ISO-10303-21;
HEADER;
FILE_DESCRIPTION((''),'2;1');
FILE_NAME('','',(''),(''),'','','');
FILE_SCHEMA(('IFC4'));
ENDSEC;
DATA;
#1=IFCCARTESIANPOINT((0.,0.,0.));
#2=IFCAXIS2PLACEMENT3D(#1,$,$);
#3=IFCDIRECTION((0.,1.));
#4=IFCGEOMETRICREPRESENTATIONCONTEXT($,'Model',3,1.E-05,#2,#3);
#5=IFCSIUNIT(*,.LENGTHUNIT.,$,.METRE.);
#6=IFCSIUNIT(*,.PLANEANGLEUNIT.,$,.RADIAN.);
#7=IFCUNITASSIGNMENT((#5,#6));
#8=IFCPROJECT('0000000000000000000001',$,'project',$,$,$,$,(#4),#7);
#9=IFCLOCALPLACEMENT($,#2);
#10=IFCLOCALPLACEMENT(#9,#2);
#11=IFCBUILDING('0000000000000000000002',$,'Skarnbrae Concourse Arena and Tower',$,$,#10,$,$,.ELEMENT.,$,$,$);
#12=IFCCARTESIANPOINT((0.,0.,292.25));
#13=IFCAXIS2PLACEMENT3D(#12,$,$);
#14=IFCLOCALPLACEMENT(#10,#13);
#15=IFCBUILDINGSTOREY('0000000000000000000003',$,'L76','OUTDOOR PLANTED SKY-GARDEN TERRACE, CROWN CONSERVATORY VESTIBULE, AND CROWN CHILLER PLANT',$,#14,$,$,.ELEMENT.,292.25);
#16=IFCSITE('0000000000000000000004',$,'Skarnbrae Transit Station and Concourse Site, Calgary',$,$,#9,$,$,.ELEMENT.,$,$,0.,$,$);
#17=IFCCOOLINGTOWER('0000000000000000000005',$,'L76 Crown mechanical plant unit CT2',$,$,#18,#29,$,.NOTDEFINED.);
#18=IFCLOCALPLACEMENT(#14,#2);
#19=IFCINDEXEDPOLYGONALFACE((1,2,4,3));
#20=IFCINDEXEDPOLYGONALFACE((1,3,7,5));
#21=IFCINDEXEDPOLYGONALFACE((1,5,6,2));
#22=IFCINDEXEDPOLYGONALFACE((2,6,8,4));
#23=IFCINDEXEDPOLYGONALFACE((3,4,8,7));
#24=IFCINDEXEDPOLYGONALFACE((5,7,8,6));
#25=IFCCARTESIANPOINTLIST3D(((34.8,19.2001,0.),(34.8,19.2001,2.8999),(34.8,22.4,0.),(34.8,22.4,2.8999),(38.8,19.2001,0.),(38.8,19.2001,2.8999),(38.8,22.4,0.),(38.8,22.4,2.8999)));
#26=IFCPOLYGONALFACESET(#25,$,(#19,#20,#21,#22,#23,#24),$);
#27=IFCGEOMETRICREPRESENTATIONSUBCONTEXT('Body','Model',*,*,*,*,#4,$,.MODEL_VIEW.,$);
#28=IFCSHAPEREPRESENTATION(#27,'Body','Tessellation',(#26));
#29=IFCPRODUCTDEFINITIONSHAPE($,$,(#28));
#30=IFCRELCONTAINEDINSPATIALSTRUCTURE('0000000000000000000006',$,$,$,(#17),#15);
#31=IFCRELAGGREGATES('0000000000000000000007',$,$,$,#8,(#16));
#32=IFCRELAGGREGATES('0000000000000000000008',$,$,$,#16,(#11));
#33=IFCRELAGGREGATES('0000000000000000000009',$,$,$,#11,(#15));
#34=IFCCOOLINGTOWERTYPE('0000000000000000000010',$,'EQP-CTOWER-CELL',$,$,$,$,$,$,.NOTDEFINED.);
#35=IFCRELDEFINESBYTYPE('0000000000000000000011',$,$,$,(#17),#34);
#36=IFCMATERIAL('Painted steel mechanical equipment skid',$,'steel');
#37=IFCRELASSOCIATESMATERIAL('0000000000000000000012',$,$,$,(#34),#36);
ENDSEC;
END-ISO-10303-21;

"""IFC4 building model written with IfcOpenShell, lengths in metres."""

from ifc_helpers import new_model, si_unit, direction, frame, origin, origin_2d, place, context, subcontext, project, spatial, rectangle, extrude, source, transform, mapped, material, type_object, element, save


model = new_model("IFC4")

# Units and contexts
model_context = context("Model", 3, precision=1e-05, world=origin(), true_north=direction((0.0, 1.0)))
body_context = subcontext(model_context, "Body", "Model", "MODEL_VIEW")
ifc_project = project(units=[si_unit("LENGTHUNIT", "METRE"), si_unit("PLANEANGLEUNIT", "RADIAN")], contexts=[model_context])

# Site, building, storey
site_placement = place(None, origin())
site = spatial("IfcSite", under=ifc_project, at=site_placement, Name="Skarnbrae Transit Station and Concourse Site, Calgary", CompositionType="ELEMENT", RefElevation=0.0)
building_placement = place(site_placement, origin())
building = spatial("IfcBuilding", under=site, at=building_placement, Name="Skarnbrae Concourse Arena and Tower", CompositionType="ELEMENT")
storey_placement = place(building_placement, frame((0.0, 0.0, 292.25)))
storey = spatial("IfcBuildingStorey", under=building, at=storey_placement, Name="L76", Description="OUTDOOR PLANTED SKY-GARDEN TERRACE, CROWN CONSERVATORY VESTIBULE, AND CROWN CHILLER PLANT", CompositionType="ELEMENT", Elevation=292.25)

# Cooling tower
ifc_material_1 = material(Name="Painted steel mechanical equipment skid", Category="steel")
cooling_tower_type = type_object("IfcCoolingTowerType", Name="EQP-CTOWER-CELL", PredefinedType="NOTDEFINED", material=ifc_material_1)
shared_shape_1 = source(origin(), body_context, "Body", "SweptSolid", [
    extrude(rectangle(XDim=4.0, YDim=3.2, at=origin_2d()), origin(), (0.0, 0.0, 1.0), 2.8999),
])
cooling_tower_1_placement = place(storey_placement, frame((36.8, 20.8, 0.0), z_axis=(0.0, 0.0, 1.0), x_axis=(1.0, 0.0, 0.0)))
element("IfcCoolingTower", 1, at=cooling_tower_1_placement, inside=storey, type_object=cooling_tower_type, Name="L76 Crown mechanical plant unit CT2", PredefinedType="NOTDEFINED", context=body_context, shape_type="MappedRepresentation", body=[
    mapped(shared_shape_1, transform((0.0, 0.0, 0.0))),
])

save(model, "model.ifc")
